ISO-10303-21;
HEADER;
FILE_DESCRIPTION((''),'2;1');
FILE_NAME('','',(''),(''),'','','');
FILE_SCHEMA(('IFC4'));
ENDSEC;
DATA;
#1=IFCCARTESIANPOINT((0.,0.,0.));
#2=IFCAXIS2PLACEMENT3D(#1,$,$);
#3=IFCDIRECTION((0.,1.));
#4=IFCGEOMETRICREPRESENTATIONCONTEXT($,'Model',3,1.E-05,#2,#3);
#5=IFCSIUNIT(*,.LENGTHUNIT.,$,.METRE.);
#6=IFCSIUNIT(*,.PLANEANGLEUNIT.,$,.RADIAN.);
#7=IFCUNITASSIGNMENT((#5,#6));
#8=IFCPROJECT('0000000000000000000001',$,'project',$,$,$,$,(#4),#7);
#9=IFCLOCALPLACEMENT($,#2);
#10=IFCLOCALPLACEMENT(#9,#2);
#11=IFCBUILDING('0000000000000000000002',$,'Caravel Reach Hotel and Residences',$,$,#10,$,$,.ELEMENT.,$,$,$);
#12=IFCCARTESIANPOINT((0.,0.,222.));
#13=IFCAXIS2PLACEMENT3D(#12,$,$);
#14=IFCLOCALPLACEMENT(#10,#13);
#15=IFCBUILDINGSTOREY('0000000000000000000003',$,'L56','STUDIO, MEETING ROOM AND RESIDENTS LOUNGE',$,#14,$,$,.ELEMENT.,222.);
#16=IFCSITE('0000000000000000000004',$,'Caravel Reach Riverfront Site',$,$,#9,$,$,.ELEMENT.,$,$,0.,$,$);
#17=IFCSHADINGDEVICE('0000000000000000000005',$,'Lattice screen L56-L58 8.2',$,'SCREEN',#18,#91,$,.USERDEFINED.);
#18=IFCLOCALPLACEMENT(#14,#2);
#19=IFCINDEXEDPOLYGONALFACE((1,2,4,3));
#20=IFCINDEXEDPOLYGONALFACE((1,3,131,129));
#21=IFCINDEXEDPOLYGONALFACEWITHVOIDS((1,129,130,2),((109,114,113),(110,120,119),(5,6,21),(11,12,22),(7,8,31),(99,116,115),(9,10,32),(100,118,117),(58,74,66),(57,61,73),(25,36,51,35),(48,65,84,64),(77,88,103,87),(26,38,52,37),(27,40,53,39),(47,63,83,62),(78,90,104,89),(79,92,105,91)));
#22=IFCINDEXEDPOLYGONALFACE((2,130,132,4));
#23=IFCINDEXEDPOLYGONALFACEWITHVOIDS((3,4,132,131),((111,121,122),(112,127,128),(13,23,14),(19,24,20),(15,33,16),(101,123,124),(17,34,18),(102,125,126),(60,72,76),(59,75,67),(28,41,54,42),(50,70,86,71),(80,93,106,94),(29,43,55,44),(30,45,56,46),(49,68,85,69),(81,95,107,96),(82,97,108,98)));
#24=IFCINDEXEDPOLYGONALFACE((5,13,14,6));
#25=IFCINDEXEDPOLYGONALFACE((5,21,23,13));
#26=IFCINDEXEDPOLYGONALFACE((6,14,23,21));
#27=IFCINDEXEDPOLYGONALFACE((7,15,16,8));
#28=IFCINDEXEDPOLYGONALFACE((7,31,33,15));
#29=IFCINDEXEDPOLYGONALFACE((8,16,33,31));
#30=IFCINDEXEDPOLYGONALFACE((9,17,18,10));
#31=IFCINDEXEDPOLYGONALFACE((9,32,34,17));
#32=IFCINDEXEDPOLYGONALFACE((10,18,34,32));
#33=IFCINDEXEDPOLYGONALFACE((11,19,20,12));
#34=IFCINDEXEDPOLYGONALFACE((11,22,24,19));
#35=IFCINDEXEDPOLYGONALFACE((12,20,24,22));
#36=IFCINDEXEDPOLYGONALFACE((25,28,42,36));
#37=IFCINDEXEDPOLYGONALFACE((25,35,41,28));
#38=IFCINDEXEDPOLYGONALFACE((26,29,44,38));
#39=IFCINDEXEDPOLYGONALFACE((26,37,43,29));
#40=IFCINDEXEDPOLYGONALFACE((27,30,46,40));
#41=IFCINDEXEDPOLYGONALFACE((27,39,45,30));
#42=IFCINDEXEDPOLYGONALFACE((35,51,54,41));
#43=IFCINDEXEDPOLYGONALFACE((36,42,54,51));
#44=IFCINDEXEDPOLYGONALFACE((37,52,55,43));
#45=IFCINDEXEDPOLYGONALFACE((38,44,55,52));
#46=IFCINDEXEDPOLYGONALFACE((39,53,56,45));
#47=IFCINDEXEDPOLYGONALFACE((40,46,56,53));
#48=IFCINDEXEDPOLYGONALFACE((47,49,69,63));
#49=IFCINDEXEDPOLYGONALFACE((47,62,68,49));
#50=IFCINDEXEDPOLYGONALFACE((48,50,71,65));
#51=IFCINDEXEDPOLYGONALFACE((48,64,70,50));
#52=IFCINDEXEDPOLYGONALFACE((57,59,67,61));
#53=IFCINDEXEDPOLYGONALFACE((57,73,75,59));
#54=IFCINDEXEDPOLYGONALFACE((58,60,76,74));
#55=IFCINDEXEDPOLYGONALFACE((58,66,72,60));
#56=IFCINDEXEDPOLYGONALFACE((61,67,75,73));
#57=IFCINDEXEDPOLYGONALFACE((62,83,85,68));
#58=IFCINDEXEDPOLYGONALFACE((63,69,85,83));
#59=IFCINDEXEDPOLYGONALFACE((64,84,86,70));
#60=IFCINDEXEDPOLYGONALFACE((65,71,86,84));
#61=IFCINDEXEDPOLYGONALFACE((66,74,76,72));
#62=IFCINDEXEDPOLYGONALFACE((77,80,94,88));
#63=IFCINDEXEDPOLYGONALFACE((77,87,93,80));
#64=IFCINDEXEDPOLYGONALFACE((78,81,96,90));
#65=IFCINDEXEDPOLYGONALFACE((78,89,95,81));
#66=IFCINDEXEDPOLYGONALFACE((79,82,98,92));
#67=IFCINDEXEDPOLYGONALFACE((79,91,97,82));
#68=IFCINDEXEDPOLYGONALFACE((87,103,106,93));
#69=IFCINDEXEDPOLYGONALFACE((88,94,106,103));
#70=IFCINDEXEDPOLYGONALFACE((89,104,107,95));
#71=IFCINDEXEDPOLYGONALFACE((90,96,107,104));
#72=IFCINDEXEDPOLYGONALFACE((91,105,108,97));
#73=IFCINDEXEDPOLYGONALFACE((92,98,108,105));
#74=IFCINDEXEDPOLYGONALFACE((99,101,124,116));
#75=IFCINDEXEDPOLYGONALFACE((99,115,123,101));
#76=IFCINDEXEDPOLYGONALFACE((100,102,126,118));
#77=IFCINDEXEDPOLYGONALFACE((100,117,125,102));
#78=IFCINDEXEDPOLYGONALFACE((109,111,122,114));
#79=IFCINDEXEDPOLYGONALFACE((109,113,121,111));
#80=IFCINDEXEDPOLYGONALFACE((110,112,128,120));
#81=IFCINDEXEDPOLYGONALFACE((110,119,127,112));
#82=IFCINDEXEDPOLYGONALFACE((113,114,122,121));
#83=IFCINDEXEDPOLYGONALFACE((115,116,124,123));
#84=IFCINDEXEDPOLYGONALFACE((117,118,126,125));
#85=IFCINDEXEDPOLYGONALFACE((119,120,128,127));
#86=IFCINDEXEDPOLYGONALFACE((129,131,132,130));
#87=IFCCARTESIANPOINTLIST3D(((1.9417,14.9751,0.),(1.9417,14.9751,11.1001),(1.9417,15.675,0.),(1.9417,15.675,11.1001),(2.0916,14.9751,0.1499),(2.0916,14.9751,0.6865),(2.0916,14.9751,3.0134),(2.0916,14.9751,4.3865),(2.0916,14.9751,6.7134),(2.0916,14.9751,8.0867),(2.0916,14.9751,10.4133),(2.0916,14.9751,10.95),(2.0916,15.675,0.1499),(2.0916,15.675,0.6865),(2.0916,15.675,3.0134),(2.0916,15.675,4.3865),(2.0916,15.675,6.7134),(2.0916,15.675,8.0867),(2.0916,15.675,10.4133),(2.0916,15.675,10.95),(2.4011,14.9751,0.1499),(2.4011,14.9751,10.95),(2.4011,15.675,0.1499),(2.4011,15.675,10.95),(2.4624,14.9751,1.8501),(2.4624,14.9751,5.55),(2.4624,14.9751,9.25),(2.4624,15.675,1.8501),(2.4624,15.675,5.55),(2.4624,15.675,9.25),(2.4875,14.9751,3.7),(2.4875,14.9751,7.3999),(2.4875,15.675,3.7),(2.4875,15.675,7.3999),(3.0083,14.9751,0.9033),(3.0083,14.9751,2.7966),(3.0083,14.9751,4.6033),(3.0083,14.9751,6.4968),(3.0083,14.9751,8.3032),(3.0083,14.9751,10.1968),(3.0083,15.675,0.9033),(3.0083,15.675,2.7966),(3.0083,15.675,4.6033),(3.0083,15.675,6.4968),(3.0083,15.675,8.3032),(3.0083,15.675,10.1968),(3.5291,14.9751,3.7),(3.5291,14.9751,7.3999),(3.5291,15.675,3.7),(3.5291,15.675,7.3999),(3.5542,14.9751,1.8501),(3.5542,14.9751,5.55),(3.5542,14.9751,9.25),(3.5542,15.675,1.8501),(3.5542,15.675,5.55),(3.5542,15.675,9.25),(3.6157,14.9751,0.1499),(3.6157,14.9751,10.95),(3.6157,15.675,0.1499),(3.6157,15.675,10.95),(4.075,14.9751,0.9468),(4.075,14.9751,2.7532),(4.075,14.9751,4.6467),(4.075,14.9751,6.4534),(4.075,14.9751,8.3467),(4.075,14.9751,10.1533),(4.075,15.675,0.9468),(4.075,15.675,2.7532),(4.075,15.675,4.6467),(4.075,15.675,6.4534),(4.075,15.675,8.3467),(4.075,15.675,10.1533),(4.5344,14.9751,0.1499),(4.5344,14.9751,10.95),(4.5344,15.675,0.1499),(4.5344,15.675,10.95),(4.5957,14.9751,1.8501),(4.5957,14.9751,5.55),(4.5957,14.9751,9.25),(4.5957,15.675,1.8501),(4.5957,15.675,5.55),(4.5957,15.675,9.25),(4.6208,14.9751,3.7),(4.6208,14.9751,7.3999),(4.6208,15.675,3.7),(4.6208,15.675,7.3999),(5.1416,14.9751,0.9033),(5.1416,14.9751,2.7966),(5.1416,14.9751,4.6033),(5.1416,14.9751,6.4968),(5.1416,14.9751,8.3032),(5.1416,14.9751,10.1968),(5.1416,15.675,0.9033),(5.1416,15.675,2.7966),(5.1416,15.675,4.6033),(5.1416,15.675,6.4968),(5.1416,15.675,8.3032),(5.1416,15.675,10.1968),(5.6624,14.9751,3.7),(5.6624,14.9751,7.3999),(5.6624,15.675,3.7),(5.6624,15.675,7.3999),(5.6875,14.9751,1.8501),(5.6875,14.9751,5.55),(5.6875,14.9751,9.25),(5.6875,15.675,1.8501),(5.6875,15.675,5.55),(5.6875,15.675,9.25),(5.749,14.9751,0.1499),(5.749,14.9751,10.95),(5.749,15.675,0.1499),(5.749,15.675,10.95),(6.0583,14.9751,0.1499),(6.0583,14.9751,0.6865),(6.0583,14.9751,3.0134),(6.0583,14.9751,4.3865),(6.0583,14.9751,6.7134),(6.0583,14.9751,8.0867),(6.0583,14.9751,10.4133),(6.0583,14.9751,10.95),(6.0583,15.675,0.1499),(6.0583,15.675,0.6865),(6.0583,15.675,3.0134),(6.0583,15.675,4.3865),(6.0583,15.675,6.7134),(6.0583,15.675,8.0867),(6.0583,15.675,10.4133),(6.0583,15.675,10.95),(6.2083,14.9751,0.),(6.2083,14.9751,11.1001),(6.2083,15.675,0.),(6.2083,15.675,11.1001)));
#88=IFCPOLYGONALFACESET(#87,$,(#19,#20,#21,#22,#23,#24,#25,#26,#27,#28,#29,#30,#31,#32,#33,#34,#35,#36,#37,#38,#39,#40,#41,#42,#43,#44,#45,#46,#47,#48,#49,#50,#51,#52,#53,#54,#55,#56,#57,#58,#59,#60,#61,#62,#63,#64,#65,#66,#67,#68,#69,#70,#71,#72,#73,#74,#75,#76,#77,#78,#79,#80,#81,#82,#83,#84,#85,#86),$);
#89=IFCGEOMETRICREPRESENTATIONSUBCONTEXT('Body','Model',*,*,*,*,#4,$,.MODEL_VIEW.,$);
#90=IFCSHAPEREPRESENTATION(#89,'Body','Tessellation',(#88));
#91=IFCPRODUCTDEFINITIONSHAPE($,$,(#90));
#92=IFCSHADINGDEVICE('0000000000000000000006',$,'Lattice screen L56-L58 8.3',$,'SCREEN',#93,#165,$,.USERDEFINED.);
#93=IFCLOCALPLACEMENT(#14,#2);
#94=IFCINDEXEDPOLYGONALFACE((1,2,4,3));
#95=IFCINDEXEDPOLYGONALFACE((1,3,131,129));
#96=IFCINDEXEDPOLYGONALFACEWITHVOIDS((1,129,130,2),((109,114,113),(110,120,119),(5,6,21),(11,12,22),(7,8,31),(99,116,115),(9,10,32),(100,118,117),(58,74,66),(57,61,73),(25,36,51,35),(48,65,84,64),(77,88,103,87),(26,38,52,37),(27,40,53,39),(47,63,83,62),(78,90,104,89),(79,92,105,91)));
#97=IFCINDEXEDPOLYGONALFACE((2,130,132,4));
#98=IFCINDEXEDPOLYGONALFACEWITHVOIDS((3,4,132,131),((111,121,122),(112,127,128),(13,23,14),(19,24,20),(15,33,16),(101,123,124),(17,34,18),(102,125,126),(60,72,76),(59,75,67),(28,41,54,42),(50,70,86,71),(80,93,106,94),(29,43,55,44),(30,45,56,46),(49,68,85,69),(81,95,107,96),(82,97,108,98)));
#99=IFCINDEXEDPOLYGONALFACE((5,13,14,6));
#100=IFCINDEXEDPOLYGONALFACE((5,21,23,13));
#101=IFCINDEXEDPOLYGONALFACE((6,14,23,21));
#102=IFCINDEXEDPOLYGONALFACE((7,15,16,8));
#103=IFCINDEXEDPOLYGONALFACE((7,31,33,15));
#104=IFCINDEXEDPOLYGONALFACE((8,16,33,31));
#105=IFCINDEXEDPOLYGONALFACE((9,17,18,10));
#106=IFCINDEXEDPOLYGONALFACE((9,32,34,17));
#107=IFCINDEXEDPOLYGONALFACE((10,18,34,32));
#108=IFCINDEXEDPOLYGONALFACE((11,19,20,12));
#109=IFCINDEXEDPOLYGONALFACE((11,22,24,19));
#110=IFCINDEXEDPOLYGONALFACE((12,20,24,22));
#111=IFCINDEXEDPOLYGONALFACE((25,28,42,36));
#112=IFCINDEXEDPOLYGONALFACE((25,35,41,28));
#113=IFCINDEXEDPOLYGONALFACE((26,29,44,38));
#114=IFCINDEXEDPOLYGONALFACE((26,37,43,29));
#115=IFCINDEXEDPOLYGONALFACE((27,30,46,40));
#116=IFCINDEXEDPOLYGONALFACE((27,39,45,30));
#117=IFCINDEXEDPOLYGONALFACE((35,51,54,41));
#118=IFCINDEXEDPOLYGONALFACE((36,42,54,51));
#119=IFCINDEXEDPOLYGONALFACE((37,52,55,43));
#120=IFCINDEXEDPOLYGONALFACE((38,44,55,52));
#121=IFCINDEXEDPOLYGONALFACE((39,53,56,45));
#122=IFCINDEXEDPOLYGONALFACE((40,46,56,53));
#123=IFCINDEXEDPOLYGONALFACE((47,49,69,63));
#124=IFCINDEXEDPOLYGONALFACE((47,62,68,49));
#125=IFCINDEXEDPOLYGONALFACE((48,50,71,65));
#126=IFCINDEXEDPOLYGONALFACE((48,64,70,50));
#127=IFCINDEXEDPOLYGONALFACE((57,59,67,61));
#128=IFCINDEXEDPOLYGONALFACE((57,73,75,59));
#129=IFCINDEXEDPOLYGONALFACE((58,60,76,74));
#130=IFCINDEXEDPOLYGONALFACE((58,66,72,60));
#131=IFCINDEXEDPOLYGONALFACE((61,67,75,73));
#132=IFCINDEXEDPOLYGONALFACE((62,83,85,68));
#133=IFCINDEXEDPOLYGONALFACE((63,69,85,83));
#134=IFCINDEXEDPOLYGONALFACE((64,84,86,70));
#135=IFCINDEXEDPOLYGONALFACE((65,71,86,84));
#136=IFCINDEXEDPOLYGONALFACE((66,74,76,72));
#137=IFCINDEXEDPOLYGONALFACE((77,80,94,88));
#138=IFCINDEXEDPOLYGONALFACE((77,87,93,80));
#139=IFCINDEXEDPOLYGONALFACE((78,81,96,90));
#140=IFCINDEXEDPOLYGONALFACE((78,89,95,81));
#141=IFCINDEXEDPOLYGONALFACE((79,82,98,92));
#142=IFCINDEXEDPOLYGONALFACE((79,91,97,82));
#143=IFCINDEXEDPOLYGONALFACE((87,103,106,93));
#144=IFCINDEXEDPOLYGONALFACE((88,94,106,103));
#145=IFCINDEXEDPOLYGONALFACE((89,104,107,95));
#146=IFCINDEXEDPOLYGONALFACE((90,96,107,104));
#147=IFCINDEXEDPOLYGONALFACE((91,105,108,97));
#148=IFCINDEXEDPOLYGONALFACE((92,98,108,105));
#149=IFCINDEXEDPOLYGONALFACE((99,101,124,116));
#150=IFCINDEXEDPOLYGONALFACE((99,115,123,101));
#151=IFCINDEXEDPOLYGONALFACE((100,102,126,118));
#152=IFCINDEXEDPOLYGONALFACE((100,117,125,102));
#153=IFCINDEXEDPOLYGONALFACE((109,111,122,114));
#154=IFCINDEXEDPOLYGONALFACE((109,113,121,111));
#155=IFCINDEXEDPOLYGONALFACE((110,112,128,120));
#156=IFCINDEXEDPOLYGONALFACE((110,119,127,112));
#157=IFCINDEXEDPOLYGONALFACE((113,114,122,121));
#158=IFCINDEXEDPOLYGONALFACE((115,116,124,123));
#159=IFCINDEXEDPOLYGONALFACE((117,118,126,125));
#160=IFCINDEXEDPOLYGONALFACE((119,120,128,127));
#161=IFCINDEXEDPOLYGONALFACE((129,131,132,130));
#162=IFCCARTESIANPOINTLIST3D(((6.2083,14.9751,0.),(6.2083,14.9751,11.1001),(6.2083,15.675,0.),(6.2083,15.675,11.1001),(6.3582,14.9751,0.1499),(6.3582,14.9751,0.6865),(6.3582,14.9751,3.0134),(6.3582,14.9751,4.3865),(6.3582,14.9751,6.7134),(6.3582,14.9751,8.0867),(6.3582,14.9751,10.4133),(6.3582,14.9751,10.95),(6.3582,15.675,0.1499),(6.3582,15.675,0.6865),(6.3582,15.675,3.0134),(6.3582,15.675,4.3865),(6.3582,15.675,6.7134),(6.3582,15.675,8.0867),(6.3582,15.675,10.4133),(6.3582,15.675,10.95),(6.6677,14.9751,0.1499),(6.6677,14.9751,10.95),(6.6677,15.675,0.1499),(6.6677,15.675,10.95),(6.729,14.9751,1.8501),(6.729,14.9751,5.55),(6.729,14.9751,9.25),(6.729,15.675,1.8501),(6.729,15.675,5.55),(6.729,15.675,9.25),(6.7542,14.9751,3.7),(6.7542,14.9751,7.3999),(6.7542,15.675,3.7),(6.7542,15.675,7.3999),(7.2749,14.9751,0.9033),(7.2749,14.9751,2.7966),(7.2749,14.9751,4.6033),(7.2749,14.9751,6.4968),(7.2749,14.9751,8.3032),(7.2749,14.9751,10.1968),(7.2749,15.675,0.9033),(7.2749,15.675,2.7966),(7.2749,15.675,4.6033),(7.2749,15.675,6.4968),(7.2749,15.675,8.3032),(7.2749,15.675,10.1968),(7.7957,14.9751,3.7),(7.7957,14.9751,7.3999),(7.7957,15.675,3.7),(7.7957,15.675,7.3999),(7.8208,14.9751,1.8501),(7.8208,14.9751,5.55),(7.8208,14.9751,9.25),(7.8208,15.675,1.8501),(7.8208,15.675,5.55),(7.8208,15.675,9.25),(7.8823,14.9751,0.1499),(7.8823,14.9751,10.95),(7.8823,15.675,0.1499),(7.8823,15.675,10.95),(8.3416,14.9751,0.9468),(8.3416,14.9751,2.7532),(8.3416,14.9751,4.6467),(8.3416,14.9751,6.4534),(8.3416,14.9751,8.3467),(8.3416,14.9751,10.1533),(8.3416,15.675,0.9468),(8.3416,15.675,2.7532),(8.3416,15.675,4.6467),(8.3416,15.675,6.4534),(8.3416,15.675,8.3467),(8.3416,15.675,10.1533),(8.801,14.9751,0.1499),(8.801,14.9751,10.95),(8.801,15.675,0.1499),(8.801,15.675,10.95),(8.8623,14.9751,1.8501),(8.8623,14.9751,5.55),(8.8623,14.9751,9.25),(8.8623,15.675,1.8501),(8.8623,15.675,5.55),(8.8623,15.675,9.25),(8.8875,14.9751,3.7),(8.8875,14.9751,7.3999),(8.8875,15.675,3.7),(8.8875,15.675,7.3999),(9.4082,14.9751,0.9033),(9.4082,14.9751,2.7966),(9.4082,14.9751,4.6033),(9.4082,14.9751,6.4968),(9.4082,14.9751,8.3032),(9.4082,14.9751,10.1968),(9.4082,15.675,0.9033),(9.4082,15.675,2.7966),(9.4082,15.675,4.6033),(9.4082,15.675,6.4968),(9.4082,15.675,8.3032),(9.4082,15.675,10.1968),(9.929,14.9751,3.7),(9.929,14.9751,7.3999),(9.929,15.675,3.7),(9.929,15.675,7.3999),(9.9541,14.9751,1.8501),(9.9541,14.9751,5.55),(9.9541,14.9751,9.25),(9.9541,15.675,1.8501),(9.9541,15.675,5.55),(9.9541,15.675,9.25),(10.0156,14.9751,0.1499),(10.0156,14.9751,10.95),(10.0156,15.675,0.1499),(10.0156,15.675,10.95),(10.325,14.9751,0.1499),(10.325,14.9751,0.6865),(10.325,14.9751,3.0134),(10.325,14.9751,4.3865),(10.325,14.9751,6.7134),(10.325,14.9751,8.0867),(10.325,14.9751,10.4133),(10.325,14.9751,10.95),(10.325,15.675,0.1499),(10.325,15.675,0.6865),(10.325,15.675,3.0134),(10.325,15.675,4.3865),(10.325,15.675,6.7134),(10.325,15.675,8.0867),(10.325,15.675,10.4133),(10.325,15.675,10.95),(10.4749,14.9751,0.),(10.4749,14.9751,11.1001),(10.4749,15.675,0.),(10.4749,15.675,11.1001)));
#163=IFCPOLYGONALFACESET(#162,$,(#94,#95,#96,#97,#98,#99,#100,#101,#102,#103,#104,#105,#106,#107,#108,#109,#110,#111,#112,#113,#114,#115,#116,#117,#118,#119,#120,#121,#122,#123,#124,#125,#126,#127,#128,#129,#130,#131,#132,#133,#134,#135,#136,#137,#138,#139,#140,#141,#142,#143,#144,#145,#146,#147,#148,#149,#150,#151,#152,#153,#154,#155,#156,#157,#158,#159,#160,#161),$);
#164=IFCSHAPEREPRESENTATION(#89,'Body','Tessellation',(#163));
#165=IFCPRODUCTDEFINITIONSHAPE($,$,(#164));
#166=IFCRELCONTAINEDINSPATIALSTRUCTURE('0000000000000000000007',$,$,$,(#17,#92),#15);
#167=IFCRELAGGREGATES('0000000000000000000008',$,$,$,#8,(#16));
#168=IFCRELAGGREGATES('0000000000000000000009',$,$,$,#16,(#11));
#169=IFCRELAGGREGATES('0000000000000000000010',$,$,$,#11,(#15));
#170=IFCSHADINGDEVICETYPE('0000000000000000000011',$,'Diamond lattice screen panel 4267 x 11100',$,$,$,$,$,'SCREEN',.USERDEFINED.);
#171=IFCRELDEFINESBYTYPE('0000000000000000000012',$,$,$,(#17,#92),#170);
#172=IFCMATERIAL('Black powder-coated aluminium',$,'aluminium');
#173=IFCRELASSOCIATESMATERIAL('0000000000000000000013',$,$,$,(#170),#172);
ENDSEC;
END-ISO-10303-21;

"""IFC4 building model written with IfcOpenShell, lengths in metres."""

from ifc_helpers import new_model, si_unit, direction, frame, origin, place, context, subcontext, project, spatial, polyline, outline, extrude, material, type_object, element, save


model = new_model("IFC4")

# Units and contexts
model_context = context("Model", 3, precision=1e-05, world=origin(), true_north=direction((0.0, 1.0)))
body_context = subcontext(model_context, "Body", "Model", "MODEL_VIEW")
ifc_project = project(units=[si_unit("LENGTHUNIT", "METRE"), si_unit("PLANEANGLEUNIT", "RADIAN")], contexts=[model_context])

# Site, building, storey
site_placement = place(None, origin())
site = spatial("IfcSite", under=ifc_project, at=site_placement, Name="Caravel Reach Riverfront Site", CompositionType="ELEMENT", RefElevation=0.0)
building_placement = place(site_placement, origin())
building = spatial("IfcBuilding", under=site, at=building_placement, Name="Caravel Reach Hotel and Residences", CompositionType="ELEMENT")
storey_placement = place(building_placement, frame((0.0, 0.0, 222.0)))
storey = spatial("IfcBuildingStorey", under=building, at=storey_placement, Name="L56", Description="STUDIO, MEETING ROOM AND RESIDENTS LOUNGE", CompositionType="ELEMENT", Elevation=222.0)

# Shading devices
ifc_material_1 = material(Name="Black powder-coated aluminium", Category="aluminium")
shading_device_type_1 = type_object("IfcShadingDeviceType", Name="Diamond lattice screen panel 4267 x 11100", ElementType="SCREEN", PredefinedType="USERDEFINED", material=ifc_material_1)
shading_device_1_placement = place(storey_placement, frame((1.9417, 15.675, 0.0), z_axis=(0.0, -1.0, 0.0), x_axis=(1.0, 0.0, 0.0)))
element("IfcShadingDevice", 1, at=shading_device_1_placement, inside=storey, type_object=shading_device_type_1, Name="Lattice screen L56-L58 8.2", ObjectType="SCREEN", PredefinedType="USERDEFINED", context=body_context, shape_type="SweptSolid", body=[
    extrude(outline(polyline([(0.0, 0.0), (4.2666, 0.0), (4.2666, 11.1001), (0.0, 11.1001), (0.0, 0.0)]), holes=[polyline([(0.4595, 0.1499), (0.1499, 0.6865), (0.1499, 0.1499), (0.4595, 0.1499)]), polyline([(0.5459, 3.7), (0.1499, 4.3865), (0.1499, 3.0134), (0.5459, 3.7)]), polyline([(0.5459, 7.3999), (0.1499, 8.0867), (0.1499, 6.7134), (0.5459, 7.3999)]), polyline([(0.1499, 10.4133), (0.4595, 10.95), (0.1499, 10.95), (0.1499, 10.4133)]), polyline([(1.0667, 2.7966), (0.5208, 1.8501), (1.0667, 0.9033), (1.6125, 1.8501), (1.0667, 2.7966)]), polyline([(1.0667, 6.4968), (0.5208, 5.55), (1.0667, 4.6033), (1.6125, 5.55), (1.0667, 6.4968)]), polyline([(1.0667, 10.1968), (0.5208, 9.25), (1.0667, 8.3032), (1.6125, 9.25), (1.0667, 10.1968)]), polyline([(2.1333, 0.9468), (1.6741, 0.1499), (2.5928, 0.1499), (2.1333, 0.9468)]), polyline([(2.1333, 4.6467), (1.5874, 3.7), (2.1333, 2.7532), (2.6792, 3.7), (2.1333, 4.6467)]), polyline([(2.1333, 8.3467), (1.5874, 7.3999), (2.1333, 6.4534), (2.6792, 7.3999), (2.1333, 8.3467)]), polyline([(2.1333, 10.1533), (2.5928, 10.95), (1.6741, 10.95), (2.1333, 10.1533)]), polyline([(3.2, 2.7966), (2.6541, 1.8501), (3.2, 0.9033), (3.7458, 1.8501), (3.2, 2.7966)]), polyline([(3.2, 6.4968), (2.6541, 5.55), (3.2, 4.6033), (3.7458, 5.55), (3.2, 6.4968)]), polyline([(3.2, 10.1968), (2.6541, 9.25), (3.2, 8.3032), (3.7458, 9.25), (3.2, 10.1968)]), polyline([(4.1167, 0.6865), (3.8074, 0.1499), (4.1167, 0.1499), (4.1167, 0.6865)]), polyline([(3.7207, 3.7), (4.1167, 3.0134), (4.1167, 4.3865), (3.7207, 3.7)]), polyline([(3.7207, 7.3999), (4.1167, 6.7134), (4.1167, 8.0867), (3.7207, 7.3999)]), polyline([(3.8074, 10.95), (4.1167, 10.4133), (4.1167, 10.95), (3.8074, 10.95)])]), origin(), (0.0, 0.0, 1.0), 0.7),
])
shading_device_2_placement = place(storey_placement, frame((6.2083, 15.675, 0.0), z_axis=(0.0, -1.0, 0.0), x_axis=(1.0, 0.0, 0.0)))
element("IfcShadingDevice", 2, at=shading_device_2_placement, inside=storey, type_object=shading_device_type_1, Name="Lattice screen L56-L58 8.3", ObjectType="SCREEN", PredefinedType="USERDEFINED", context=body_context, shape_type="SweptSolid", body=[
    extrude(outline(polyline([(0.0, 0.0), (4.2666, 0.0), (4.2666, 11.1001), (0.0, 11.1001), (0.0, 0.0)]), holes=[polyline([(0.4595, 0.1499), (0.1499, 0.6865), (0.1499, 0.1499), (0.4595, 0.1499)]), polyline([(0.5459, 3.7), (0.1499, 4.3865), (0.1499, 3.0134), (0.5459, 3.7)]), polyline([(0.5459, 7.3999), (0.1499, 8.0867), (0.1499, 6.7134), (0.5459, 7.3999)]), polyline([(0.1499, 10.4133), (0.4595, 10.95), (0.1499, 10.95), (0.1499, 10.4133)]), polyline([(1.0667, 2.7966), (0.5208, 1.8501), (1.0667, 0.9033), (1.6125, 1.8501), (1.0667, 2.7966)]), polyline([(1.0667, 6.4968), (0.5208, 5.55), (1.0667, 4.6033), (1.6125, 5.55), (1.0667, 6.4968)]), polyline([(1.0667, 10.1968), (0.5208, 9.25), (1.0667, 8.3032), (1.6125, 9.25), (1.0667, 10.1968)]), polyline([(2.1333, 0.9468), (1.6741, 0.1499), (2.5928, 0.1499), (2.1333, 0.9468)]), polyline([(2.1333, 4.6467), (1.5874, 3.7), (2.1333, 2.7532), (2.6792, 3.7), (2.1333, 4.6467)]), polyline([(2.1333, 8.3467), (1.5874, 7.3999), (2.1333, 6.4534), (2.6792, 7.3999), (2.1333, 8.3467)]), polyline([(2.1333, 10.1533), (2.5928, 10.95), (1.6741, 10.95), (2.1333, 10.1533)]), polyline([(3.2, 2.7966), (2.6541, 1.8501), (3.2, 0.9033), (3.7458, 1.8501), (3.2, 2.7966)]), polyline([(3.2, 6.4968), (2.6541, 5.55), (3.2, 4.6033), (3.7458, 5.55), (3.2, 6.4968)]), polyline([(3.2, 10.1968), (2.6541, 9.25), (3.2, 8.3032), (3.7458, 9.25), (3.2, 10.1968)]), polyline([(4.1167, 0.6865), (3.8074, 0.1499), (4.1167, 0.1499), (4.1167, 0.6865)]), polyline([(3.7207, 3.7), (4.1167, 3.0134), (4.1167, 4.3865), (3.7207, 3.7)]), polyline([(3.7207, 7.3999), (4.1167, 6.7134), (4.1167, 8.0867), (3.7207, 7.3999)]), polyline([(3.8074, 10.95), (4.1167, 10.4133), (4.1167, 10.95), (3.8074, 10.95)])]), origin(), (0.0, 0.0, 1.0), 0.7),
])

save(model, "model.ifc")
